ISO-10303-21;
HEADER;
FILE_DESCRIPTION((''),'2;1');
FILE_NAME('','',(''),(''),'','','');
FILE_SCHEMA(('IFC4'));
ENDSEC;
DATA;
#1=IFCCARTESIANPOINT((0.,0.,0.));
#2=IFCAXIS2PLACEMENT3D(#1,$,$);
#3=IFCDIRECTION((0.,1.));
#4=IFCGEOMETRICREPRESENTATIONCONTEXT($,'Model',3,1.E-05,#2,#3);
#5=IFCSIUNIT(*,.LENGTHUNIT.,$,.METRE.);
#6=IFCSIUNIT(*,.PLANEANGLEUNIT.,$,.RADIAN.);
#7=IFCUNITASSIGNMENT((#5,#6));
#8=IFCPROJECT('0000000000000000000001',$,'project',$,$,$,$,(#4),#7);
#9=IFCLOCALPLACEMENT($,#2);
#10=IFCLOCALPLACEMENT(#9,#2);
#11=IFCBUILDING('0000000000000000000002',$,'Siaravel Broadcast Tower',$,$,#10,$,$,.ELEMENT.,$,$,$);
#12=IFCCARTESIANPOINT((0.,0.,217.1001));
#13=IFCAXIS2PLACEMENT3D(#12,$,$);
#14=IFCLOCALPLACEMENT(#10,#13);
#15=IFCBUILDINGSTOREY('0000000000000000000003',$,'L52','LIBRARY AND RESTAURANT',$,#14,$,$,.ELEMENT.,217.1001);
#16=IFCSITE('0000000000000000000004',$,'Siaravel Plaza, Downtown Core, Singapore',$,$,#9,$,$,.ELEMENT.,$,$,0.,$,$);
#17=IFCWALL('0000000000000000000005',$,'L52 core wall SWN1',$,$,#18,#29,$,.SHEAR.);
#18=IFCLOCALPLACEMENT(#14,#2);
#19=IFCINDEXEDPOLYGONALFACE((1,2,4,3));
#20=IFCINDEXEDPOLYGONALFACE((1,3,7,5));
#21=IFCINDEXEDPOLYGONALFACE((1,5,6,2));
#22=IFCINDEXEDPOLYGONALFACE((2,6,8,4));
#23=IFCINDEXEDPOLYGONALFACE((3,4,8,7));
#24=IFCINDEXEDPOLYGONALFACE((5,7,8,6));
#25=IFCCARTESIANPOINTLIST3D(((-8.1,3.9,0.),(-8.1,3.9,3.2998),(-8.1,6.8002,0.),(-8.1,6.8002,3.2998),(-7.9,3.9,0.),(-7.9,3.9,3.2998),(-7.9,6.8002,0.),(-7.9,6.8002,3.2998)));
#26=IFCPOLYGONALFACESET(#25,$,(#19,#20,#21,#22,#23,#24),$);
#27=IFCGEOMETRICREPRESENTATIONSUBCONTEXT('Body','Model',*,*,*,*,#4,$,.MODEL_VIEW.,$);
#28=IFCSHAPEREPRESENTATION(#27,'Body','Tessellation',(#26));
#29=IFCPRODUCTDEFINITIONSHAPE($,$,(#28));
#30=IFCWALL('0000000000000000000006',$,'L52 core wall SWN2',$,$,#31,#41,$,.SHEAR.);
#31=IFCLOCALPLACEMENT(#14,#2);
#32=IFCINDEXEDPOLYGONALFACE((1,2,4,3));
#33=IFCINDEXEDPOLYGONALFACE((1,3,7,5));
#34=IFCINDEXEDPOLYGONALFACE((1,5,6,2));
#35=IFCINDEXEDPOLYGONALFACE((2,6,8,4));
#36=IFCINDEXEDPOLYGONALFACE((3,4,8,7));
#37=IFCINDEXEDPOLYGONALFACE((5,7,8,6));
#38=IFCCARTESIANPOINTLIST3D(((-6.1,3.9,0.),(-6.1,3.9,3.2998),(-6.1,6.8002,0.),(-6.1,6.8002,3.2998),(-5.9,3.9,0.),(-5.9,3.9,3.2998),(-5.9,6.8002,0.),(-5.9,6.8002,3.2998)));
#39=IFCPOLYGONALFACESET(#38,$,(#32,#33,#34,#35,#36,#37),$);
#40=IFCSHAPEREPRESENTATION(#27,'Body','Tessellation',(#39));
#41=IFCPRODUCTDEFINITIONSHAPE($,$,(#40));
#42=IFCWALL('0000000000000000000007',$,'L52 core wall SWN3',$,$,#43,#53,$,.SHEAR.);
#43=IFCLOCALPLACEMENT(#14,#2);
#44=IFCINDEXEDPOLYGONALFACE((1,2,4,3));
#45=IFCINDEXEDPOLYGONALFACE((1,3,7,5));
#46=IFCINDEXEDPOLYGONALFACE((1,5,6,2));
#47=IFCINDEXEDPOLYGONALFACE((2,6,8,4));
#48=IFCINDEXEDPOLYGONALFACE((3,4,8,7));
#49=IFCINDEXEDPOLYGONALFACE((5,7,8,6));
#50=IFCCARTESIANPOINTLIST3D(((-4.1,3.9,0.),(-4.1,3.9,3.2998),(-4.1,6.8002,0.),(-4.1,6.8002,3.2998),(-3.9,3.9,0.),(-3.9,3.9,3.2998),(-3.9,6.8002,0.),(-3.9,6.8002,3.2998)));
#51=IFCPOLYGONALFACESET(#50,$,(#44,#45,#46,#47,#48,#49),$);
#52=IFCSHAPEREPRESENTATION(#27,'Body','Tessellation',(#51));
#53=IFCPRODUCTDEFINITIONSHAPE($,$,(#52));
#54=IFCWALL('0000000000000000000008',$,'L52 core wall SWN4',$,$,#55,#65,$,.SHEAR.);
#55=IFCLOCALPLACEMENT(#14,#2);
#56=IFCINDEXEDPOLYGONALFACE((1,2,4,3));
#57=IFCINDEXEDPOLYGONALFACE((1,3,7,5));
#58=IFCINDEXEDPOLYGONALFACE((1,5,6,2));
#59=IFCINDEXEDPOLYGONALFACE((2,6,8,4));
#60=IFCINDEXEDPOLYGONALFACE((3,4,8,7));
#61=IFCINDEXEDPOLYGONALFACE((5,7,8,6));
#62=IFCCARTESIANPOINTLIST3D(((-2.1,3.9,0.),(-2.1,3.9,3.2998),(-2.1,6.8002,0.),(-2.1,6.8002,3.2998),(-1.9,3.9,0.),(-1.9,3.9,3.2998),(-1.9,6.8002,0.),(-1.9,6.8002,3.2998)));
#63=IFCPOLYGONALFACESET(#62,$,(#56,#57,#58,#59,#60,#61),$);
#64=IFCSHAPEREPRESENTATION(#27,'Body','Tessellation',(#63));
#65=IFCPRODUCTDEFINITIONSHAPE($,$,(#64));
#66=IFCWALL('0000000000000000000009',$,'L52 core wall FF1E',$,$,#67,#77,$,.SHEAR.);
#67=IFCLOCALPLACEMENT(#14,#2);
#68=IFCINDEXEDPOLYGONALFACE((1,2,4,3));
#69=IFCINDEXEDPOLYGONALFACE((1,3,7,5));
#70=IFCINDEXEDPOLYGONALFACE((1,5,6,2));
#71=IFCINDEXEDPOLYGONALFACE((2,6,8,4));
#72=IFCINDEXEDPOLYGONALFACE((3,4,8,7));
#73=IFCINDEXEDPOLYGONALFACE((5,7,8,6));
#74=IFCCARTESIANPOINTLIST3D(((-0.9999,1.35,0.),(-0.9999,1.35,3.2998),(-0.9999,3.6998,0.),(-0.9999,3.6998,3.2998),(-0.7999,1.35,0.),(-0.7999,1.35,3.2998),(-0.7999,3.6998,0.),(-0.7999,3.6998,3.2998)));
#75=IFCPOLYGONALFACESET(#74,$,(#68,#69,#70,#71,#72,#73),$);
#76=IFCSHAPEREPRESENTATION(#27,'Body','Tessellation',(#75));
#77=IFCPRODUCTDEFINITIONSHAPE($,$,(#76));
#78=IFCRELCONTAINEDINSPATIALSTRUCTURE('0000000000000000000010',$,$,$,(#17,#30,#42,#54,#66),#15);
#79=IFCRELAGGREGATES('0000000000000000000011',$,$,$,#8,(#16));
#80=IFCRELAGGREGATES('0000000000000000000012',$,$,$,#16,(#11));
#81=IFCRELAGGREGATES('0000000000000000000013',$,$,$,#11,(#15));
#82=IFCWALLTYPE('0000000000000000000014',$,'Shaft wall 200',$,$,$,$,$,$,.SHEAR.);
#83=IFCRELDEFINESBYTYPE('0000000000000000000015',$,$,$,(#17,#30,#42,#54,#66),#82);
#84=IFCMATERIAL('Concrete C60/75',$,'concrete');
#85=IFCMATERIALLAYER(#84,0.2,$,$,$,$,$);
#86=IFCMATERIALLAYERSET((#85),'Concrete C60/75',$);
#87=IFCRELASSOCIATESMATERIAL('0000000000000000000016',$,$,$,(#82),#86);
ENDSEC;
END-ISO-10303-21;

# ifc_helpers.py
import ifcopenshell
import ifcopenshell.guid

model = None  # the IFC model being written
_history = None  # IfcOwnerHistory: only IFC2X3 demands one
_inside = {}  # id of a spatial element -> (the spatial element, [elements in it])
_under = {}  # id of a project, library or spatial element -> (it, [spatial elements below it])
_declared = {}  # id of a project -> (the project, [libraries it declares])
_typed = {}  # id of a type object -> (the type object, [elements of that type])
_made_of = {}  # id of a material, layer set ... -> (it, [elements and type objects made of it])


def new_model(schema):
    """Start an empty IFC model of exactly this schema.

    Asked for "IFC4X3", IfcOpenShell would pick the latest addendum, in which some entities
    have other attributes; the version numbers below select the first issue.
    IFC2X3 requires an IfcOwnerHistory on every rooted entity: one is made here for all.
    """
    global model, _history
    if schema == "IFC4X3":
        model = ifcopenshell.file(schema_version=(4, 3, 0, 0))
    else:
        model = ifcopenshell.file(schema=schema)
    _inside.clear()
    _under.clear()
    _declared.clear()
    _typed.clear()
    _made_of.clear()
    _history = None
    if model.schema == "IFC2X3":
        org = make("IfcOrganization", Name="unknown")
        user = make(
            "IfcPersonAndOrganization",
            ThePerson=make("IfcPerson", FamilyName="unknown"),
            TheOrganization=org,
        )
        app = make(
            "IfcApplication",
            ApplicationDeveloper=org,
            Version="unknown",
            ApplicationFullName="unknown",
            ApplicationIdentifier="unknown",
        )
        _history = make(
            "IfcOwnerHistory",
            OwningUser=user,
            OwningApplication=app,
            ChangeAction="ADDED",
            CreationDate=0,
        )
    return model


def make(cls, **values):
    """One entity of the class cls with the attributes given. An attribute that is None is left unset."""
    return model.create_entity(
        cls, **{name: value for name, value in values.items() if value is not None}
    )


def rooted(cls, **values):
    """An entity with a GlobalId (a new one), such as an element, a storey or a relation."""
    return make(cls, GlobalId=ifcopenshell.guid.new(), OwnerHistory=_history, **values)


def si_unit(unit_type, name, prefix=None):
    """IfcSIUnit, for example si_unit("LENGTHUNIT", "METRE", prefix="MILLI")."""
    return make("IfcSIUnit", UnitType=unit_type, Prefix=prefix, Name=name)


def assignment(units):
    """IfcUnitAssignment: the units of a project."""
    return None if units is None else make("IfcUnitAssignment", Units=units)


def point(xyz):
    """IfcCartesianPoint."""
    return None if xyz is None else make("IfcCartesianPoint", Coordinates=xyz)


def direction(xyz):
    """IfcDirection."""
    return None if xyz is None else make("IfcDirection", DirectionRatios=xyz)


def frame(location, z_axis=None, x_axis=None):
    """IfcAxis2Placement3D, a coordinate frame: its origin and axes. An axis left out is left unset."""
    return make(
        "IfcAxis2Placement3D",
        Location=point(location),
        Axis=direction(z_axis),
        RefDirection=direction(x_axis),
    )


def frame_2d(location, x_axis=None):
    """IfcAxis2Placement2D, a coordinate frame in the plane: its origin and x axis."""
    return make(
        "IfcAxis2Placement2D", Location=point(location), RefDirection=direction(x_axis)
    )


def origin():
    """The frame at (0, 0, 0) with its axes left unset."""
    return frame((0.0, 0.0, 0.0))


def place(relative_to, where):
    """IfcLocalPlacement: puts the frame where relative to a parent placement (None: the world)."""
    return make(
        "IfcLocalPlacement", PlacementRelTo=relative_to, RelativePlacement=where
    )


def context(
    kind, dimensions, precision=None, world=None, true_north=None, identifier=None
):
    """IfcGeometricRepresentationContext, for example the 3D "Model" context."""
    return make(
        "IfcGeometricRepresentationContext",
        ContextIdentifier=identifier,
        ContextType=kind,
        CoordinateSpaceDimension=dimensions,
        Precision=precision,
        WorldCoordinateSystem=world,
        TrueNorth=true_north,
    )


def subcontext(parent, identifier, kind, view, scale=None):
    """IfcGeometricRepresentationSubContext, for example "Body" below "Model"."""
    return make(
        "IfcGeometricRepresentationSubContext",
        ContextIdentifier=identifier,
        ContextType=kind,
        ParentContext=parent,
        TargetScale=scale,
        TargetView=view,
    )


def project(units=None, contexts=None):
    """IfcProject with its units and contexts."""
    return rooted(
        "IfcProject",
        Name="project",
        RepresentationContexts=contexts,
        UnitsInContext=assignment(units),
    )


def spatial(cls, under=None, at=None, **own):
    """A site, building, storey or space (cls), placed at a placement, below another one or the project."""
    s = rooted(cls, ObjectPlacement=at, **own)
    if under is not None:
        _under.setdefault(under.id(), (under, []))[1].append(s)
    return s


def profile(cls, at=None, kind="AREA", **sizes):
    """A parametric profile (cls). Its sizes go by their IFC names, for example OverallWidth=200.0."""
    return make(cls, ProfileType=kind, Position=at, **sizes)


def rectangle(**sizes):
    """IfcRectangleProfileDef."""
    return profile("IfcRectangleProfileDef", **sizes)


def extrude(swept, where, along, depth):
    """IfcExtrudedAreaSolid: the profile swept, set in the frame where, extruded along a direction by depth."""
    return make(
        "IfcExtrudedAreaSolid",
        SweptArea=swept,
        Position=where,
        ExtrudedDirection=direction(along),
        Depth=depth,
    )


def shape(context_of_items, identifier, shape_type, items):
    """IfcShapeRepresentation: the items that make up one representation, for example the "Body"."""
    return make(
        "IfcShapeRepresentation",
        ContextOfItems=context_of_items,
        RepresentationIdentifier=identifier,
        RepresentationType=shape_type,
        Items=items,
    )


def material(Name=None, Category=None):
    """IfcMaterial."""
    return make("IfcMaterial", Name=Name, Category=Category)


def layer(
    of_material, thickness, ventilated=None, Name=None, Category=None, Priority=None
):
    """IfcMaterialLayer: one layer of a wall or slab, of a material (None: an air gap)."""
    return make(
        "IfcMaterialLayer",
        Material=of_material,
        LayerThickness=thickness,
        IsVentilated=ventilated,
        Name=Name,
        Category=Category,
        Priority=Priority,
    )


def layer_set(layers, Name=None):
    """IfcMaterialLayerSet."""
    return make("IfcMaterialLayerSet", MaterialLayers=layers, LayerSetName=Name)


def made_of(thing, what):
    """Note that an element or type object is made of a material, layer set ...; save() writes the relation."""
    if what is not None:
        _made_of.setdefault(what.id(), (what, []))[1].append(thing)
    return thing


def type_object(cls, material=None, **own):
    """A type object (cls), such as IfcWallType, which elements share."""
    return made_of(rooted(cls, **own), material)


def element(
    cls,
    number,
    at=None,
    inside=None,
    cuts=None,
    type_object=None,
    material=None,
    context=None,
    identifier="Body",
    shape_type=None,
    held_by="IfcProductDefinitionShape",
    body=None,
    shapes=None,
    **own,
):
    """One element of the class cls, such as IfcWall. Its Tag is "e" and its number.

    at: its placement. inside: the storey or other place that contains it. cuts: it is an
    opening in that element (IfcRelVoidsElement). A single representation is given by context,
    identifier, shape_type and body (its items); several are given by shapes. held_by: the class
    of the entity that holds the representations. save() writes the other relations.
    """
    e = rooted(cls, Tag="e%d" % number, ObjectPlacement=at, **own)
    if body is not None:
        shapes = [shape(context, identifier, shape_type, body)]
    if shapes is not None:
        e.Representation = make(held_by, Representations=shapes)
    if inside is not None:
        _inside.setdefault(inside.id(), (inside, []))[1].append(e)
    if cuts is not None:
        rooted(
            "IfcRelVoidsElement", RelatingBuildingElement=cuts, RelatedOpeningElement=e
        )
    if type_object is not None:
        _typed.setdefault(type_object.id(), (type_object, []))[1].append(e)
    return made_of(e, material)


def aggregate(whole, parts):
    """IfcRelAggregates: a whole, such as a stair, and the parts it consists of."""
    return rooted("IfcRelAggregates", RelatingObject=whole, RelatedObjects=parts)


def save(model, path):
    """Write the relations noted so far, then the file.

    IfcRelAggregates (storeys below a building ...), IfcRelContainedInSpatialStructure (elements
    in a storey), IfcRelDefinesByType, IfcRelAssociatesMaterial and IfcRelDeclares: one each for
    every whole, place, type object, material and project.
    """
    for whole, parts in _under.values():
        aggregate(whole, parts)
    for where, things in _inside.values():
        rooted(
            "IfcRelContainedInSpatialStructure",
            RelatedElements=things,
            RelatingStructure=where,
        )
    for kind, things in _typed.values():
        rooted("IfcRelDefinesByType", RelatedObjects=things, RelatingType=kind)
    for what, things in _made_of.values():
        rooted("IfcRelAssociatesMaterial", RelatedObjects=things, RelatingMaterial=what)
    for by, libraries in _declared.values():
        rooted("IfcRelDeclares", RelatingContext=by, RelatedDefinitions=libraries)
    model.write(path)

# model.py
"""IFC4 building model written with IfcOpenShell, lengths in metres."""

from ifc_helpers import new_model, si_unit, direction, frame, frame_2d, origin, place, context, subcontext, project, spatial, rectangle, extrude, material, layer, layer_set, type_object, element, save


model = new_model("IFC4")

# Units and contexts
model_context = context("Model", 3, precision=1e-05, world=origin(), true_north=direction((0.0, 1.0)))
body_context = subcontext(model_context, "Body", "Model", "MODEL_VIEW")
ifc_project = project(units=[si_unit("LENGTHUNIT", "METRE"), si_unit("PLANEANGLEUNIT", "RADIAN")], contexts=[model_context])

# Site, building, storey
site_placement = place(None, origin())
site = spatial("IfcSite", under=ifc_project, at=site_placement, Name="Siaravel Plaza, Downtown Core, Singapore", CompositionType="ELEMENT", RefElevation=0.0)
building_placement = place(site_placement, origin())
building = spatial("IfcBuilding", under=site, at=building_placement, Name="Siaravel Broadcast Tower", CompositionType="ELEMENT")
storey_placement = place(building_placement, frame((0.0, 0.0, 217.1001)))
storey = spatial("IfcBuildingStorey", under=building, at=storey_placement, Name="L52", Description="LIBRARY AND RESTAURANT", CompositionType="ELEMENT", Elevation=217.1001)

# Shared definitions
ifc_material_1 = material(Name="Concrete C60/75", Category="concrete")

# Walls
ifc_layer_1 = layer(ifc_material_1, 0.2)
ifc_layer_set_1 = layer_set([ifc_layer_1], Name="Concrete C60/75")
wall_type_1 = type_object("IfcWallType", Name="Shaft wall 200", PredefinedType="SHEAR", material=ifc_layer_set_1)
for number, where, z_axis, x_axis, name in (
    (1, (-8.0, 3.8999, 0.0), (0.0, 0.0, 1.0), (0.0, 1.0, 0.0), "L52 core wall SWN1"),
    (2, (-6.0, 3.8999, 0.0), (0.0, 0.0, 1.0), (0.0, 1.0, 0.0), "L52 core wall SWN2"),
    (3, (-4.0, 3.8999, 0.0), (0.0, 0.0, 1.0), (0.0, 1.0, 0.0), "L52 core wall SWN3"),
    (4, (-2.0, 3.8999, 0.0), (0.0, 0.0, 1.0), (0.0, 1.0, 0.0), "L52 core wall SWN4"),
):
    element("IfcWall", number, at=place(storey_placement, frame(where, z_axis=z_axis, x_axis=x_axis)), inside=storey, type_object=wall_type_1, Name=name, PredefinedType="SHEAR", context=body_context, shape_type="SweptSolid", body=[
        extrude(rectangle(XDim=2.9001, YDim=0.2, at=frame_2d((1.4502, 0.0))), origin(), (0.0, 0.0, 1.0), 3.2998),
    ])
wall_1_placement = place(storey_placement, frame((-0.8999, 1.3501, 0.0), z_axis=(0.0, 0.0, 1.0), x_axis=(0.0, 1.0, 0.0)))
element("IfcWall", 5, at=wall_1_placement, inside=storey, type_object=wall_type_1, Name="L52 core wall FF1E", PredefinedType="SHEAR", context=body_context, shape_type="SweptSolid", body=[
    extrude(rectangle(XDim=2.3499, YDim=0.2, at=frame_2d((1.1748, 0.0))), origin(), (0.0, 0.0, 1.0), 3.2998),
])

save(model, "model.ifc")
